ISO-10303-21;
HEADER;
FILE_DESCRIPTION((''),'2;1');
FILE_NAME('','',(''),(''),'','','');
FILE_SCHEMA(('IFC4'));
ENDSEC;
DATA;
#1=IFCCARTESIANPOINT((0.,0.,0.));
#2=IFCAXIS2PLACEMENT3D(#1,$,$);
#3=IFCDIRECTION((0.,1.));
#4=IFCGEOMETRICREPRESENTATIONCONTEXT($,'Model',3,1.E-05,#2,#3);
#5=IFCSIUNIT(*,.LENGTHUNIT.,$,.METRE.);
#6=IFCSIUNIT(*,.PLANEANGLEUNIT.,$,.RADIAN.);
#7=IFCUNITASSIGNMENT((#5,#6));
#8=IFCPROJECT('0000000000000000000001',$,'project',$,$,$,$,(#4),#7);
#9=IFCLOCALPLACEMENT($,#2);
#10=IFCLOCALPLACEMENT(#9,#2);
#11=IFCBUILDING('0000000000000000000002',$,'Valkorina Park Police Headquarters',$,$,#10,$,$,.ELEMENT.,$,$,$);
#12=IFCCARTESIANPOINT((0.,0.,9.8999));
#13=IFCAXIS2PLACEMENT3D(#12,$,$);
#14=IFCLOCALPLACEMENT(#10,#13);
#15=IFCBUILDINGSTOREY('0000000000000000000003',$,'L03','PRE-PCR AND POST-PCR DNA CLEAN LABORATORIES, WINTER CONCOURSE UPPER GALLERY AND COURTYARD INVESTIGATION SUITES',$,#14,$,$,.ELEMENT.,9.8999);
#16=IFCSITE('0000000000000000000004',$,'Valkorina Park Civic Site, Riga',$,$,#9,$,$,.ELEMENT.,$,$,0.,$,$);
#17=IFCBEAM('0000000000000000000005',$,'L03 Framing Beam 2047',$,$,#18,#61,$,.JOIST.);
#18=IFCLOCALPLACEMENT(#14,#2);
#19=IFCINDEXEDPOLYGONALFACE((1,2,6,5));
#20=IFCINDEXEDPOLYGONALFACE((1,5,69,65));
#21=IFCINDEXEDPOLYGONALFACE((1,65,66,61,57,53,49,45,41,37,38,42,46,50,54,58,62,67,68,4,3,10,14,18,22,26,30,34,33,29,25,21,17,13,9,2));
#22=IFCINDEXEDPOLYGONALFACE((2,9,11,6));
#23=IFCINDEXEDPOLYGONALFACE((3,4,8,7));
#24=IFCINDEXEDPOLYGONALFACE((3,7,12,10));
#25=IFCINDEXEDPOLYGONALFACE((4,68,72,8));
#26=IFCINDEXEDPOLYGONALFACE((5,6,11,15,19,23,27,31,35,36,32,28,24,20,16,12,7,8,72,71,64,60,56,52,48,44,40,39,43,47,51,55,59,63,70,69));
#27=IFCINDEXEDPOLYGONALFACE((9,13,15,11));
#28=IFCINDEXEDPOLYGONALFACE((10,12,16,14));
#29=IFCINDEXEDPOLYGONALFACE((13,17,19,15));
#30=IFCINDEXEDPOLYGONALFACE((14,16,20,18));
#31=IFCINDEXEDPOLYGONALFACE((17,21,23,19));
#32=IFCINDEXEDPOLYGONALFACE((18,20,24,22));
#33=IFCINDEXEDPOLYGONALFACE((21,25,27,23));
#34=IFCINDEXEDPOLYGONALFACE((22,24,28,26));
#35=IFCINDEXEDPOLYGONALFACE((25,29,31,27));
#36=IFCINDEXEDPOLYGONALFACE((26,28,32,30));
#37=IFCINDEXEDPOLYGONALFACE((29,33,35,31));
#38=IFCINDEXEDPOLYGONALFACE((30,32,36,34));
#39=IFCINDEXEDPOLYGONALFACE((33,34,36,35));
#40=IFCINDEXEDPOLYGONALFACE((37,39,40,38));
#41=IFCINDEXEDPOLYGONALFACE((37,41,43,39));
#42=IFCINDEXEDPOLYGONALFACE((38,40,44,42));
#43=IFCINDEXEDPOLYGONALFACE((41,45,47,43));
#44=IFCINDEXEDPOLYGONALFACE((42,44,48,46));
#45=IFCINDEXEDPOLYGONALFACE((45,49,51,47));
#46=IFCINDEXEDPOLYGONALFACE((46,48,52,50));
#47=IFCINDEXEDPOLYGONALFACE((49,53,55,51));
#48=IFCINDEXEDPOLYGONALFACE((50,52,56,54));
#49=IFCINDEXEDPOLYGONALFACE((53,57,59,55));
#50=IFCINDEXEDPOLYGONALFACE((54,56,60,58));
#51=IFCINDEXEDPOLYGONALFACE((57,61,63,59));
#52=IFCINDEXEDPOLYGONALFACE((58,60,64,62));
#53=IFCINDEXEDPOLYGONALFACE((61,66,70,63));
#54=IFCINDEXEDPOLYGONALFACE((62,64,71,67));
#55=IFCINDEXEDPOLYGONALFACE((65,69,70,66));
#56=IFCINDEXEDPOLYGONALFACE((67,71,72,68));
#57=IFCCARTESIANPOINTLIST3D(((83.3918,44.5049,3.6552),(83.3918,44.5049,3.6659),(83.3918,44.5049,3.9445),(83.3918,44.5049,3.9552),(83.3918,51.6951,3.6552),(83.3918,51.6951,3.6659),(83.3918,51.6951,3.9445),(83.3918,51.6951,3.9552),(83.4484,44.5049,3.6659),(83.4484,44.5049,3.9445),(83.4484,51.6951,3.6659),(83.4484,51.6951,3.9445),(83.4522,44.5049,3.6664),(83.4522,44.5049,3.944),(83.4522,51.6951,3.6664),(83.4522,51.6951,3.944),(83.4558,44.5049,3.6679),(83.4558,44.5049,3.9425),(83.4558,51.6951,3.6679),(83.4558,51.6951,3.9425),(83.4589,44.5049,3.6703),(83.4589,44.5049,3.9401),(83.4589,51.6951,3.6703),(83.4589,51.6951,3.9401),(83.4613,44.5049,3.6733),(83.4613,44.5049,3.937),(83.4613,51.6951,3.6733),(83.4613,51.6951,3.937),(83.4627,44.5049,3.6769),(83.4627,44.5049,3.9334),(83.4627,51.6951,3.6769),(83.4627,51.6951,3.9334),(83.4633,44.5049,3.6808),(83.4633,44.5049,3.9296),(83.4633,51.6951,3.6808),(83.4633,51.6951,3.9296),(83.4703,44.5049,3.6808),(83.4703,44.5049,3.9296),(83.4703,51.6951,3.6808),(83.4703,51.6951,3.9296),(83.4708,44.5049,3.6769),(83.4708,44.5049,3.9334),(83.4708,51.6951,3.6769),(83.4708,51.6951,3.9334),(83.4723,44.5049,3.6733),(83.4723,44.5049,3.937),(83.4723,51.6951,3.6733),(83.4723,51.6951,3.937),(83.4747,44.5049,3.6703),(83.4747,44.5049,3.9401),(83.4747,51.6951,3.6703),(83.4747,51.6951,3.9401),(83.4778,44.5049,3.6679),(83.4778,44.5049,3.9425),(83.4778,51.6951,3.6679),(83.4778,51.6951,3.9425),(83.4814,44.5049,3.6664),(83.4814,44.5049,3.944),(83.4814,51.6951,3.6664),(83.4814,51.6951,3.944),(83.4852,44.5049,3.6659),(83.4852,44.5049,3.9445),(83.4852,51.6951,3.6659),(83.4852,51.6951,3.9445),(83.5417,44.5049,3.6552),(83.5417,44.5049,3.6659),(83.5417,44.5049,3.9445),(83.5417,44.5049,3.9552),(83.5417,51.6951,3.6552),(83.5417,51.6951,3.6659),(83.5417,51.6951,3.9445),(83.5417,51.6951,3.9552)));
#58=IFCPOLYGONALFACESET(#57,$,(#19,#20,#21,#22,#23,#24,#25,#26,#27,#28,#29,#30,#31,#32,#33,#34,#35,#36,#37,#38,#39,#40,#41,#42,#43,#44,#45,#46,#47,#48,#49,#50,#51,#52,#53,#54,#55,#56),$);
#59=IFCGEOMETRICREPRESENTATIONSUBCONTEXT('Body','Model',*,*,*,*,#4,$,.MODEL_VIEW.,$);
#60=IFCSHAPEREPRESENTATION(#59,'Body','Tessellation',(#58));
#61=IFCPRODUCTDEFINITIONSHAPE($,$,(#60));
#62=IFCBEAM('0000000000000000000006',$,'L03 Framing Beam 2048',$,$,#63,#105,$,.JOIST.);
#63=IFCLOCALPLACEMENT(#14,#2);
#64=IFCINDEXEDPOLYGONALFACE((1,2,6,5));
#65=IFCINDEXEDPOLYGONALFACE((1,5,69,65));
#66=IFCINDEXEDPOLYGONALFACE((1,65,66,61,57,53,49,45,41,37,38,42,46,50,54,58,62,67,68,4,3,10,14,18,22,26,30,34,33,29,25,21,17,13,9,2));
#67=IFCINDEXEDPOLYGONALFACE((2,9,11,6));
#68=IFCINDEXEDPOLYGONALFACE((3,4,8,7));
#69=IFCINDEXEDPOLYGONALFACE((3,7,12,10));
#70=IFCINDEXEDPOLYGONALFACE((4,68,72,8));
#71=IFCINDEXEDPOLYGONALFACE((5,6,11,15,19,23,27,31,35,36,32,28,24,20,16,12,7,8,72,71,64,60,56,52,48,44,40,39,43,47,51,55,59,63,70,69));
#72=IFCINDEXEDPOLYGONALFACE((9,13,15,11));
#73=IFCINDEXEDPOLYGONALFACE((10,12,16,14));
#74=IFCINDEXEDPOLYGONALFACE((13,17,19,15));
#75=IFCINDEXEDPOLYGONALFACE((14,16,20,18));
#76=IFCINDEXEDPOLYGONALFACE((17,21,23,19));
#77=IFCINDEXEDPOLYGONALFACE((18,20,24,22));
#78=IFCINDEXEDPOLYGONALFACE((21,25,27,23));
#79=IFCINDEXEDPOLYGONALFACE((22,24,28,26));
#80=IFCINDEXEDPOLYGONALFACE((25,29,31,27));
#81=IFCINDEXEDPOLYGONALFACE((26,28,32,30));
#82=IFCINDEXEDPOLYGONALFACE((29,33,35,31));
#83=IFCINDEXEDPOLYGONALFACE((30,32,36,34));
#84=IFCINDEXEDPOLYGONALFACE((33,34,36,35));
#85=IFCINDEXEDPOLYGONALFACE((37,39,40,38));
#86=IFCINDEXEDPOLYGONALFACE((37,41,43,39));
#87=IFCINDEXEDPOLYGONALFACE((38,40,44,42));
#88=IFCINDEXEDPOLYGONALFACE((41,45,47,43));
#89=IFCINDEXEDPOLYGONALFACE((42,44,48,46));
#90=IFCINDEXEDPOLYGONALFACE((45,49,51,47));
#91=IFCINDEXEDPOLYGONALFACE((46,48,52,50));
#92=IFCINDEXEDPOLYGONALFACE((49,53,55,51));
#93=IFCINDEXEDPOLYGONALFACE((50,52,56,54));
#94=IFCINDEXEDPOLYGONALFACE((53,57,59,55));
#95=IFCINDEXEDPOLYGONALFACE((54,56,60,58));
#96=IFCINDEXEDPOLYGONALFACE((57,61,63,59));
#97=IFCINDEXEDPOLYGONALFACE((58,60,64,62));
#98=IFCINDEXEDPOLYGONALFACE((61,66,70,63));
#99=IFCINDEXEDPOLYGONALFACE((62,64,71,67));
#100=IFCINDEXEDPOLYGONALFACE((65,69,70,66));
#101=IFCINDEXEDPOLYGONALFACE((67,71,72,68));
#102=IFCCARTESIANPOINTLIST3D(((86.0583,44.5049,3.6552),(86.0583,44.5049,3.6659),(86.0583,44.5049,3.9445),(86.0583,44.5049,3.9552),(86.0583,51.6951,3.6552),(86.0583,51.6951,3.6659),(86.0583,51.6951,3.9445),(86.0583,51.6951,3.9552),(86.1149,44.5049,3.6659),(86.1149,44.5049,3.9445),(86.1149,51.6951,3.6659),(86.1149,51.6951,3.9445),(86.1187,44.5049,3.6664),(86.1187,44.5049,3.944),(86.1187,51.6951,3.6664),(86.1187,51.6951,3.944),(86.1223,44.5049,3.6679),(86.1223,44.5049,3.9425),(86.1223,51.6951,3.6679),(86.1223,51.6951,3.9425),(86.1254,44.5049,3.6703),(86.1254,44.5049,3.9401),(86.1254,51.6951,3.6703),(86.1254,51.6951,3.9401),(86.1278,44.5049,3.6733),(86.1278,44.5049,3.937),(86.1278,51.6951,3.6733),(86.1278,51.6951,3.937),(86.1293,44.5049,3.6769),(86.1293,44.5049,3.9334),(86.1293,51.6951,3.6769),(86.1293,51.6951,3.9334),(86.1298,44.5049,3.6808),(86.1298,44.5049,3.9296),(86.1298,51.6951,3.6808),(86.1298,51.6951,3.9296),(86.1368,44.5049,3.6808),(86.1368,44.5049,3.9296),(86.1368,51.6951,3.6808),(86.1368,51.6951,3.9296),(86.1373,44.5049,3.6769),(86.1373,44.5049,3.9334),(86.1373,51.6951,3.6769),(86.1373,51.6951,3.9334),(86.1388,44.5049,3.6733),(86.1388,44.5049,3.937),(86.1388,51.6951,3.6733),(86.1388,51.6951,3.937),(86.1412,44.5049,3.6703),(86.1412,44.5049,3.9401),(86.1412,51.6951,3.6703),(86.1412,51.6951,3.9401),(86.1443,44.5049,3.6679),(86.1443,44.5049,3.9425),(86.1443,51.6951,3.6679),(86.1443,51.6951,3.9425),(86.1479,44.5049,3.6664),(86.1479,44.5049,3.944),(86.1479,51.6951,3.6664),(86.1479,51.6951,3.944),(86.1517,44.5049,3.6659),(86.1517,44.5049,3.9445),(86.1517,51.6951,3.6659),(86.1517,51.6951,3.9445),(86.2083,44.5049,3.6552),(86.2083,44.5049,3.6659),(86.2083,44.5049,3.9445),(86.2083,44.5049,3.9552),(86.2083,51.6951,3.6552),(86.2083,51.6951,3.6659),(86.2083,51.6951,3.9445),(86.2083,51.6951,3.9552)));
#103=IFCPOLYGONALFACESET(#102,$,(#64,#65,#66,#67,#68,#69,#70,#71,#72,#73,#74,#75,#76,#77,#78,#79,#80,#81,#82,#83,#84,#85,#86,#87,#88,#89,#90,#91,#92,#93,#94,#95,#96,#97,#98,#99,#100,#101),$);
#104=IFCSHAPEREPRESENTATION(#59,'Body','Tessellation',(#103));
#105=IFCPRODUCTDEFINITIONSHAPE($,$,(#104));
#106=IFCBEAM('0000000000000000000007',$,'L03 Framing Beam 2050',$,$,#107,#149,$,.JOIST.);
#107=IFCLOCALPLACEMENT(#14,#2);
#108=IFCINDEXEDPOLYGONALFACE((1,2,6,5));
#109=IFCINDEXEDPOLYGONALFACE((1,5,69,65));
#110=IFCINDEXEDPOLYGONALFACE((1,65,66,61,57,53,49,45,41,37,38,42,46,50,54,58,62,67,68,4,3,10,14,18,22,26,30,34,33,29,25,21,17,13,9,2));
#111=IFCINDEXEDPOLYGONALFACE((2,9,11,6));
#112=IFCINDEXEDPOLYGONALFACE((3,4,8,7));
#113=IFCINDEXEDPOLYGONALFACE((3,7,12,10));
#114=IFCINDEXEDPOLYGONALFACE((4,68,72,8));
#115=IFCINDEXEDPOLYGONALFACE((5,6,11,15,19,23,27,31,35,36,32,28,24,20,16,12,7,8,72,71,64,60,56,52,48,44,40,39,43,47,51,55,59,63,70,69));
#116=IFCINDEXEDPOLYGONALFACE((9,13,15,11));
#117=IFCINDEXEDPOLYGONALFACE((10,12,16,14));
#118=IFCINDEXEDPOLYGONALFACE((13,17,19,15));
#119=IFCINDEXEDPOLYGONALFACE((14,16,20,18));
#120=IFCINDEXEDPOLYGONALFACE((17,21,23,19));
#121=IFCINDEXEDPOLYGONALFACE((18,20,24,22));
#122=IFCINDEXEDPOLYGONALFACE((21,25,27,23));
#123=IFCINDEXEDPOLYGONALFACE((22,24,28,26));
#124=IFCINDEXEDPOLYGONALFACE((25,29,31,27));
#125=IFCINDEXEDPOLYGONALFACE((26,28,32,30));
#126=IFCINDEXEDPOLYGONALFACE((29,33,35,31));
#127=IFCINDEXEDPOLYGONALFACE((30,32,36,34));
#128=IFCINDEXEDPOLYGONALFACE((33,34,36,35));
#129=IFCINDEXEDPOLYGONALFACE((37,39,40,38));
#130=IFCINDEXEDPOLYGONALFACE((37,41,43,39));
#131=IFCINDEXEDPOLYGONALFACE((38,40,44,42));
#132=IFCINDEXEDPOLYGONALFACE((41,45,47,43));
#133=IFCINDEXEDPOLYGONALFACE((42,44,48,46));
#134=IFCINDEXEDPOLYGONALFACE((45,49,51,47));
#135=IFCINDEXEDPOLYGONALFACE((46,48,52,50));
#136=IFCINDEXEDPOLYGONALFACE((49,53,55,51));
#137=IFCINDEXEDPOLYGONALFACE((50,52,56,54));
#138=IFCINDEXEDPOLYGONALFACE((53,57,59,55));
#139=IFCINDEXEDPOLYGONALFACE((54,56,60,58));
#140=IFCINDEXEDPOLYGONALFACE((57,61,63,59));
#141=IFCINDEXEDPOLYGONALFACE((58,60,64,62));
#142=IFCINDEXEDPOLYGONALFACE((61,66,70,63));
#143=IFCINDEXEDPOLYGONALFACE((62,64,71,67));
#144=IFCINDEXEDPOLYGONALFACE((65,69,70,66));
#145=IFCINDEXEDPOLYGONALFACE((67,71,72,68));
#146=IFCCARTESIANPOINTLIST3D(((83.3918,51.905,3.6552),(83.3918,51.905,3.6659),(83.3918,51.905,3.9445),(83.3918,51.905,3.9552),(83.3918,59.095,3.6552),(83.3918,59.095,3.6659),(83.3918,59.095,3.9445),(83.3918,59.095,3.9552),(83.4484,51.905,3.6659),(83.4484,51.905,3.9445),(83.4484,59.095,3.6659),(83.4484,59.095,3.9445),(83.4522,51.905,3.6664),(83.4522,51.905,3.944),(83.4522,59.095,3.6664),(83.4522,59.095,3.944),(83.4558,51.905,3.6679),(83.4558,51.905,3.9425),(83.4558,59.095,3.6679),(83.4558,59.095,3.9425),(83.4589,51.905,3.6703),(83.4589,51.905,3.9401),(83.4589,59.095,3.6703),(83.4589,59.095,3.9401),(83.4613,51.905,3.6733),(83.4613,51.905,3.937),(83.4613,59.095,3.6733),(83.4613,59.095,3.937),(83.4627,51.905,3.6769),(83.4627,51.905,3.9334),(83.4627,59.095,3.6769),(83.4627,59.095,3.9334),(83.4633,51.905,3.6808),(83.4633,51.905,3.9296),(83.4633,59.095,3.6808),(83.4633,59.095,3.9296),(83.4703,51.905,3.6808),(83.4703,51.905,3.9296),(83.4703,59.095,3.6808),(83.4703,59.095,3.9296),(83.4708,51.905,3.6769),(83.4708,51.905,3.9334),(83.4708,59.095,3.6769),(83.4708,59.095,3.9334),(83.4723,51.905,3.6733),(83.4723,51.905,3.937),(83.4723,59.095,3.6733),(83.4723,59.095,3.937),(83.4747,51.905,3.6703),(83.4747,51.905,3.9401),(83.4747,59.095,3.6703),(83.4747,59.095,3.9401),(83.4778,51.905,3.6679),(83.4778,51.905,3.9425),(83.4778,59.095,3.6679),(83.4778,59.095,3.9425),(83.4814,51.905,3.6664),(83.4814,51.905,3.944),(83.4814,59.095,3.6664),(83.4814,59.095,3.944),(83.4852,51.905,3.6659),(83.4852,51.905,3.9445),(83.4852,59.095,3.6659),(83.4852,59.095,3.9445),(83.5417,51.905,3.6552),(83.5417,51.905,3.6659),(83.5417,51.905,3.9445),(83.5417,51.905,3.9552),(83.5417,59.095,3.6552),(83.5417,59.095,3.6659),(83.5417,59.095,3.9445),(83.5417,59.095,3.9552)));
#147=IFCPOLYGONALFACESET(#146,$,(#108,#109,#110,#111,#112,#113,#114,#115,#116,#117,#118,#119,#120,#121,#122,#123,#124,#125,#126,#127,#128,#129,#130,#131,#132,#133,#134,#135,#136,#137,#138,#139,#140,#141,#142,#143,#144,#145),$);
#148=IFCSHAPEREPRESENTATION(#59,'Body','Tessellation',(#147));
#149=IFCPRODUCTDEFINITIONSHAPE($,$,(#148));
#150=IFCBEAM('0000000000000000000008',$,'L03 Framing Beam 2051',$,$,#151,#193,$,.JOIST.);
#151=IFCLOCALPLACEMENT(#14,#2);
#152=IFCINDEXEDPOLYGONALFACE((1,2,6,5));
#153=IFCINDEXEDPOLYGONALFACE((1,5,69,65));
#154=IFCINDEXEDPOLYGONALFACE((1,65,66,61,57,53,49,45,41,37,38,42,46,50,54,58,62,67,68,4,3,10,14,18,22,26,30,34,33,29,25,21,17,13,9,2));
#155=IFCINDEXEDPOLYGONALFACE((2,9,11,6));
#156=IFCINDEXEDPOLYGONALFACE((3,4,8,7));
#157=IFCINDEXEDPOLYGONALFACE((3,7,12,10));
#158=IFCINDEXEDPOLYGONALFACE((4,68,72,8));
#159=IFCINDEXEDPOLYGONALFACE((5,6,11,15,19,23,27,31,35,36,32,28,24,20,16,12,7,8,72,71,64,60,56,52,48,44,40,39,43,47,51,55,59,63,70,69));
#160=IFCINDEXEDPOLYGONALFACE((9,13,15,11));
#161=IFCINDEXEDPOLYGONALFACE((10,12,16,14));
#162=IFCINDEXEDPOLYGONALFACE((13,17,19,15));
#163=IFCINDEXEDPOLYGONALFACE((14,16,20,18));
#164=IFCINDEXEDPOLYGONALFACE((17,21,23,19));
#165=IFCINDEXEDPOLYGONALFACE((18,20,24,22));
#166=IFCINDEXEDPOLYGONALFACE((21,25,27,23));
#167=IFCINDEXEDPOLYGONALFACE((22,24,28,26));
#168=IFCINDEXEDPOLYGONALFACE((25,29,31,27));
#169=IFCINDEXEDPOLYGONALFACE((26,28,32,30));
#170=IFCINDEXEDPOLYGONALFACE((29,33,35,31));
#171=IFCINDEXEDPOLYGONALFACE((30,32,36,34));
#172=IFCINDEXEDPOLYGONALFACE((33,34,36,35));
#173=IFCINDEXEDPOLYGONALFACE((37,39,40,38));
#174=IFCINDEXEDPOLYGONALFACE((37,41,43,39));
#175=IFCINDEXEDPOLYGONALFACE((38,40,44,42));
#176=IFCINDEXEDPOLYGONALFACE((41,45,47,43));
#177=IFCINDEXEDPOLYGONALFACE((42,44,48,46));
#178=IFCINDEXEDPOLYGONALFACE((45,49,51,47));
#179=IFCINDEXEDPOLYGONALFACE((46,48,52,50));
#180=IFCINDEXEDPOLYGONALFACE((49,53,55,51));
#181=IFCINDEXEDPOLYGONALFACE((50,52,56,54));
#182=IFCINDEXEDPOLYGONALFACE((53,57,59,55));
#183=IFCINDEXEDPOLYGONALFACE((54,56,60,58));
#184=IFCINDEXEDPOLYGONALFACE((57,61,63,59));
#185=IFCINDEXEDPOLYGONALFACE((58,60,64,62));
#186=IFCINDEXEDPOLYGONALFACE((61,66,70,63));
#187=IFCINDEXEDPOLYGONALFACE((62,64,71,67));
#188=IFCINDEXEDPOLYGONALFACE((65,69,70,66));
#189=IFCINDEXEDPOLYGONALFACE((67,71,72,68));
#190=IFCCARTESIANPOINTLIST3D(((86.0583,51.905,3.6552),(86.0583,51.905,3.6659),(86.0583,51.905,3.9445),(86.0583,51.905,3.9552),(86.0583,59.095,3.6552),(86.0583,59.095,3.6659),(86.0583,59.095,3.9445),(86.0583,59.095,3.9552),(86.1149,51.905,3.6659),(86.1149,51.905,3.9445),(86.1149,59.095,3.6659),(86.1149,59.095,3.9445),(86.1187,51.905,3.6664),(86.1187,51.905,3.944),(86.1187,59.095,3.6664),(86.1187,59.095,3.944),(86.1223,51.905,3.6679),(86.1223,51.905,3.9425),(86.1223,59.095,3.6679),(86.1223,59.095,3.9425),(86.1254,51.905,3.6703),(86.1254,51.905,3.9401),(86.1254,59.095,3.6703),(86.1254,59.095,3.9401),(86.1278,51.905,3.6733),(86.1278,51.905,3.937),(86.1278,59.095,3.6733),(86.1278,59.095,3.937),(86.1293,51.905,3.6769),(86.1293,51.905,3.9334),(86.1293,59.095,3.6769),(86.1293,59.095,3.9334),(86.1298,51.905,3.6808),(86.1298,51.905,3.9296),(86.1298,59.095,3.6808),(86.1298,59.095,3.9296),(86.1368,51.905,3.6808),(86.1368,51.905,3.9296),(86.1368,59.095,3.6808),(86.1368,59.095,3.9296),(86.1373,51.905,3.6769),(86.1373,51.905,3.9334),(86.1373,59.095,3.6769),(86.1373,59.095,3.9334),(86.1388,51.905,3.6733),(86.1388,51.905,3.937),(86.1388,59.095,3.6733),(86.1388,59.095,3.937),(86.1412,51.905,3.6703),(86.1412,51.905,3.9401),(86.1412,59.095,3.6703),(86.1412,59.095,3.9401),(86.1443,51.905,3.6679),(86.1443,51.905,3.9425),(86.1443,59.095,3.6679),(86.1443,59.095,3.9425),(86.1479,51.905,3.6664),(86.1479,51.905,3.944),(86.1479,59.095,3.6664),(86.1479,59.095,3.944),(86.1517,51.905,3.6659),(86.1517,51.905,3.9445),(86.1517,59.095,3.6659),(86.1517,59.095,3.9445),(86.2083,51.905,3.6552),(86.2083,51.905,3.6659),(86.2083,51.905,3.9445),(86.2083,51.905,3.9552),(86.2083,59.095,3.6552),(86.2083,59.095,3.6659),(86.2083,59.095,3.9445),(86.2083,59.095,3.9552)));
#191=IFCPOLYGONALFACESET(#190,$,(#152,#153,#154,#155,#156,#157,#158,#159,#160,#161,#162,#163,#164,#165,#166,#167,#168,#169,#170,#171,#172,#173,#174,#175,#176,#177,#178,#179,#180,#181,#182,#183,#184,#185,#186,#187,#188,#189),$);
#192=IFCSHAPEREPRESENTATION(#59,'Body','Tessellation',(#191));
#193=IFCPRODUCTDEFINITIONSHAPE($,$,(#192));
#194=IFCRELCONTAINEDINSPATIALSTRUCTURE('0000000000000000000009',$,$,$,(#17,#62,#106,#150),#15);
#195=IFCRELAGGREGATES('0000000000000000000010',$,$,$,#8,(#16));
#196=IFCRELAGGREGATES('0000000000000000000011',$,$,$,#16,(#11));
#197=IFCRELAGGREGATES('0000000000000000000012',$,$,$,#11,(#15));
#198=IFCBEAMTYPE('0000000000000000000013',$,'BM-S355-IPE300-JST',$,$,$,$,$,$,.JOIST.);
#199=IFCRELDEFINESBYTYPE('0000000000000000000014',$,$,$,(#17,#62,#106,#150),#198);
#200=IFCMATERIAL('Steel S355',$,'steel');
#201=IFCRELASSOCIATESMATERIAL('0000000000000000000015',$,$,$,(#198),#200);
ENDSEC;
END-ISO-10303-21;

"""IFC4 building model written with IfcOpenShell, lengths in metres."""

from ifc_helpers import new_model, si_unit, direction, frame, origin, origin_2d, place, context, subcontext, project, spatial, i_section, extrude, material, material_profile, profile_set, type_object, element, save


model = new_model("IFC4")

# Units and contexts
model_context = context("Model", 3, precision=1e-05, world=origin(), true_north=direction((0.0, 1.0)))
body_context = subcontext(model_context, "Body", "Model", "MODEL_VIEW")
ifc_project = project(units=[si_unit("LENGTHUNIT", "METRE"), si_unit("PLANEANGLEUNIT", "RADIAN")], contexts=[model_context])

# Site, building, storey
site_placement = place(None, origin())
site = spatial("IfcSite", under=ifc_project, at=site_placement, Name="Valkorina Park Civic Site, Riga", CompositionType="ELEMENT", RefElevation=0.0)
building_placement = place(site_placement, origin())
building = spatial("IfcBuilding", under=site, at=building_placement, Name="Valkorina Park Police Headquarters", CompositionType="ELEMENT")
storey_placement = place(building_placement, frame((0.0, 0.0, 9.8999)))
storey = spatial("IfcBuildingStorey", under=building, at=storey_placement, Name="L03", Description="PRE-PCR AND POST-PCR DNA CLEAN LABORATORIES, WINTER CONCOURSE UPPER GALLERY AND COURTYARD INVESTIGATION SUITES", CompositionType="ELEMENT", Elevation=9.8999)

# Shared definitions
ifc_material_1 = material(Name="Steel S355", Category="steel")

# Beams
ifc_material_profile_1 = material_profile(ifc_material_1, i_section(OverallWidth=0.1499, OverallDepth=0.3, WebThickness=0.0071, FlangeThickness=0.0107, FilletRadius=0.0149, at=origin_2d()), Name="IPE 300")
ifc_profile_set_1 = profile_set([ifc_material_profile_1], Name="Steel S355")
beam_type_1 = type_object("IfcBeamType", Name="BM-S355-IPE300-JST", PredefinedType="JOIST", material=ifc_profile_set_1)
for number, where, z_axis, x_axis, name in (
    (1, (83.4668, 44.5049, 3.8052), (0.0, 1.0, 0.0), (-1.0, 0.0, 0.0), "L03 Framing Beam 2047"),
    (2, (86.1333, 44.5049, 3.8052), (0.0, 1.0, 0.0), (-1.0, 0.0, 0.0), "L03 Framing Beam 2048"),
):
    element("IfcBeam", number, at=place(storey_placement, frame(where, z_axis=z_axis, x_axis=x_axis)), inside=storey, type_object=beam_type_1, Name=name, PredefinedType="JOIST", context=body_context, shape_type="SweptSolid", body=[
        extrude(i_section(OverallWidth=0.1499, OverallDepth=0.3, WebThickness=0.0071, FlangeThickness=0.0107, FilletRadius=0.0149, at=origin_2d()), origin(), (0.0, 0.0, 1.0), 7.1902),
    ])
for number, where, z_axis, x_axis, name in (
    (3, (83.4668, 51.905, 3.8052), (0.0, 1.0, 0.0), (-1.0, 0.0, 0.0), "L03 Framing Beam 2050"),
    (4, (86.1333, 51.905, 3.8052), (0.0, 1.0, 0.0), (-1.0, 0.0, 0.0), "L03 Framing Beam 2051"),
):
    element("IfcBeam", number, at=place(storey_placement, frame(where, z_axis=z_axis, x_axis=x_axis)), inside=storey, type_object=beam_type_1, Name=name, PredefinedType="JOIST", context=body_context, shape_type="SweptSolid", body=[
        extrude(i_section(OverallWidth=0.1499, OverallDepth=0.3, WebThickness=0.0071, FlangeThickness=0.0107, FilletRadius=0.0149, at=origin_2d()), origin(), (0.0, 0.0, 1.0), 7.1899),
    ])

save(model, "model.ifc")
